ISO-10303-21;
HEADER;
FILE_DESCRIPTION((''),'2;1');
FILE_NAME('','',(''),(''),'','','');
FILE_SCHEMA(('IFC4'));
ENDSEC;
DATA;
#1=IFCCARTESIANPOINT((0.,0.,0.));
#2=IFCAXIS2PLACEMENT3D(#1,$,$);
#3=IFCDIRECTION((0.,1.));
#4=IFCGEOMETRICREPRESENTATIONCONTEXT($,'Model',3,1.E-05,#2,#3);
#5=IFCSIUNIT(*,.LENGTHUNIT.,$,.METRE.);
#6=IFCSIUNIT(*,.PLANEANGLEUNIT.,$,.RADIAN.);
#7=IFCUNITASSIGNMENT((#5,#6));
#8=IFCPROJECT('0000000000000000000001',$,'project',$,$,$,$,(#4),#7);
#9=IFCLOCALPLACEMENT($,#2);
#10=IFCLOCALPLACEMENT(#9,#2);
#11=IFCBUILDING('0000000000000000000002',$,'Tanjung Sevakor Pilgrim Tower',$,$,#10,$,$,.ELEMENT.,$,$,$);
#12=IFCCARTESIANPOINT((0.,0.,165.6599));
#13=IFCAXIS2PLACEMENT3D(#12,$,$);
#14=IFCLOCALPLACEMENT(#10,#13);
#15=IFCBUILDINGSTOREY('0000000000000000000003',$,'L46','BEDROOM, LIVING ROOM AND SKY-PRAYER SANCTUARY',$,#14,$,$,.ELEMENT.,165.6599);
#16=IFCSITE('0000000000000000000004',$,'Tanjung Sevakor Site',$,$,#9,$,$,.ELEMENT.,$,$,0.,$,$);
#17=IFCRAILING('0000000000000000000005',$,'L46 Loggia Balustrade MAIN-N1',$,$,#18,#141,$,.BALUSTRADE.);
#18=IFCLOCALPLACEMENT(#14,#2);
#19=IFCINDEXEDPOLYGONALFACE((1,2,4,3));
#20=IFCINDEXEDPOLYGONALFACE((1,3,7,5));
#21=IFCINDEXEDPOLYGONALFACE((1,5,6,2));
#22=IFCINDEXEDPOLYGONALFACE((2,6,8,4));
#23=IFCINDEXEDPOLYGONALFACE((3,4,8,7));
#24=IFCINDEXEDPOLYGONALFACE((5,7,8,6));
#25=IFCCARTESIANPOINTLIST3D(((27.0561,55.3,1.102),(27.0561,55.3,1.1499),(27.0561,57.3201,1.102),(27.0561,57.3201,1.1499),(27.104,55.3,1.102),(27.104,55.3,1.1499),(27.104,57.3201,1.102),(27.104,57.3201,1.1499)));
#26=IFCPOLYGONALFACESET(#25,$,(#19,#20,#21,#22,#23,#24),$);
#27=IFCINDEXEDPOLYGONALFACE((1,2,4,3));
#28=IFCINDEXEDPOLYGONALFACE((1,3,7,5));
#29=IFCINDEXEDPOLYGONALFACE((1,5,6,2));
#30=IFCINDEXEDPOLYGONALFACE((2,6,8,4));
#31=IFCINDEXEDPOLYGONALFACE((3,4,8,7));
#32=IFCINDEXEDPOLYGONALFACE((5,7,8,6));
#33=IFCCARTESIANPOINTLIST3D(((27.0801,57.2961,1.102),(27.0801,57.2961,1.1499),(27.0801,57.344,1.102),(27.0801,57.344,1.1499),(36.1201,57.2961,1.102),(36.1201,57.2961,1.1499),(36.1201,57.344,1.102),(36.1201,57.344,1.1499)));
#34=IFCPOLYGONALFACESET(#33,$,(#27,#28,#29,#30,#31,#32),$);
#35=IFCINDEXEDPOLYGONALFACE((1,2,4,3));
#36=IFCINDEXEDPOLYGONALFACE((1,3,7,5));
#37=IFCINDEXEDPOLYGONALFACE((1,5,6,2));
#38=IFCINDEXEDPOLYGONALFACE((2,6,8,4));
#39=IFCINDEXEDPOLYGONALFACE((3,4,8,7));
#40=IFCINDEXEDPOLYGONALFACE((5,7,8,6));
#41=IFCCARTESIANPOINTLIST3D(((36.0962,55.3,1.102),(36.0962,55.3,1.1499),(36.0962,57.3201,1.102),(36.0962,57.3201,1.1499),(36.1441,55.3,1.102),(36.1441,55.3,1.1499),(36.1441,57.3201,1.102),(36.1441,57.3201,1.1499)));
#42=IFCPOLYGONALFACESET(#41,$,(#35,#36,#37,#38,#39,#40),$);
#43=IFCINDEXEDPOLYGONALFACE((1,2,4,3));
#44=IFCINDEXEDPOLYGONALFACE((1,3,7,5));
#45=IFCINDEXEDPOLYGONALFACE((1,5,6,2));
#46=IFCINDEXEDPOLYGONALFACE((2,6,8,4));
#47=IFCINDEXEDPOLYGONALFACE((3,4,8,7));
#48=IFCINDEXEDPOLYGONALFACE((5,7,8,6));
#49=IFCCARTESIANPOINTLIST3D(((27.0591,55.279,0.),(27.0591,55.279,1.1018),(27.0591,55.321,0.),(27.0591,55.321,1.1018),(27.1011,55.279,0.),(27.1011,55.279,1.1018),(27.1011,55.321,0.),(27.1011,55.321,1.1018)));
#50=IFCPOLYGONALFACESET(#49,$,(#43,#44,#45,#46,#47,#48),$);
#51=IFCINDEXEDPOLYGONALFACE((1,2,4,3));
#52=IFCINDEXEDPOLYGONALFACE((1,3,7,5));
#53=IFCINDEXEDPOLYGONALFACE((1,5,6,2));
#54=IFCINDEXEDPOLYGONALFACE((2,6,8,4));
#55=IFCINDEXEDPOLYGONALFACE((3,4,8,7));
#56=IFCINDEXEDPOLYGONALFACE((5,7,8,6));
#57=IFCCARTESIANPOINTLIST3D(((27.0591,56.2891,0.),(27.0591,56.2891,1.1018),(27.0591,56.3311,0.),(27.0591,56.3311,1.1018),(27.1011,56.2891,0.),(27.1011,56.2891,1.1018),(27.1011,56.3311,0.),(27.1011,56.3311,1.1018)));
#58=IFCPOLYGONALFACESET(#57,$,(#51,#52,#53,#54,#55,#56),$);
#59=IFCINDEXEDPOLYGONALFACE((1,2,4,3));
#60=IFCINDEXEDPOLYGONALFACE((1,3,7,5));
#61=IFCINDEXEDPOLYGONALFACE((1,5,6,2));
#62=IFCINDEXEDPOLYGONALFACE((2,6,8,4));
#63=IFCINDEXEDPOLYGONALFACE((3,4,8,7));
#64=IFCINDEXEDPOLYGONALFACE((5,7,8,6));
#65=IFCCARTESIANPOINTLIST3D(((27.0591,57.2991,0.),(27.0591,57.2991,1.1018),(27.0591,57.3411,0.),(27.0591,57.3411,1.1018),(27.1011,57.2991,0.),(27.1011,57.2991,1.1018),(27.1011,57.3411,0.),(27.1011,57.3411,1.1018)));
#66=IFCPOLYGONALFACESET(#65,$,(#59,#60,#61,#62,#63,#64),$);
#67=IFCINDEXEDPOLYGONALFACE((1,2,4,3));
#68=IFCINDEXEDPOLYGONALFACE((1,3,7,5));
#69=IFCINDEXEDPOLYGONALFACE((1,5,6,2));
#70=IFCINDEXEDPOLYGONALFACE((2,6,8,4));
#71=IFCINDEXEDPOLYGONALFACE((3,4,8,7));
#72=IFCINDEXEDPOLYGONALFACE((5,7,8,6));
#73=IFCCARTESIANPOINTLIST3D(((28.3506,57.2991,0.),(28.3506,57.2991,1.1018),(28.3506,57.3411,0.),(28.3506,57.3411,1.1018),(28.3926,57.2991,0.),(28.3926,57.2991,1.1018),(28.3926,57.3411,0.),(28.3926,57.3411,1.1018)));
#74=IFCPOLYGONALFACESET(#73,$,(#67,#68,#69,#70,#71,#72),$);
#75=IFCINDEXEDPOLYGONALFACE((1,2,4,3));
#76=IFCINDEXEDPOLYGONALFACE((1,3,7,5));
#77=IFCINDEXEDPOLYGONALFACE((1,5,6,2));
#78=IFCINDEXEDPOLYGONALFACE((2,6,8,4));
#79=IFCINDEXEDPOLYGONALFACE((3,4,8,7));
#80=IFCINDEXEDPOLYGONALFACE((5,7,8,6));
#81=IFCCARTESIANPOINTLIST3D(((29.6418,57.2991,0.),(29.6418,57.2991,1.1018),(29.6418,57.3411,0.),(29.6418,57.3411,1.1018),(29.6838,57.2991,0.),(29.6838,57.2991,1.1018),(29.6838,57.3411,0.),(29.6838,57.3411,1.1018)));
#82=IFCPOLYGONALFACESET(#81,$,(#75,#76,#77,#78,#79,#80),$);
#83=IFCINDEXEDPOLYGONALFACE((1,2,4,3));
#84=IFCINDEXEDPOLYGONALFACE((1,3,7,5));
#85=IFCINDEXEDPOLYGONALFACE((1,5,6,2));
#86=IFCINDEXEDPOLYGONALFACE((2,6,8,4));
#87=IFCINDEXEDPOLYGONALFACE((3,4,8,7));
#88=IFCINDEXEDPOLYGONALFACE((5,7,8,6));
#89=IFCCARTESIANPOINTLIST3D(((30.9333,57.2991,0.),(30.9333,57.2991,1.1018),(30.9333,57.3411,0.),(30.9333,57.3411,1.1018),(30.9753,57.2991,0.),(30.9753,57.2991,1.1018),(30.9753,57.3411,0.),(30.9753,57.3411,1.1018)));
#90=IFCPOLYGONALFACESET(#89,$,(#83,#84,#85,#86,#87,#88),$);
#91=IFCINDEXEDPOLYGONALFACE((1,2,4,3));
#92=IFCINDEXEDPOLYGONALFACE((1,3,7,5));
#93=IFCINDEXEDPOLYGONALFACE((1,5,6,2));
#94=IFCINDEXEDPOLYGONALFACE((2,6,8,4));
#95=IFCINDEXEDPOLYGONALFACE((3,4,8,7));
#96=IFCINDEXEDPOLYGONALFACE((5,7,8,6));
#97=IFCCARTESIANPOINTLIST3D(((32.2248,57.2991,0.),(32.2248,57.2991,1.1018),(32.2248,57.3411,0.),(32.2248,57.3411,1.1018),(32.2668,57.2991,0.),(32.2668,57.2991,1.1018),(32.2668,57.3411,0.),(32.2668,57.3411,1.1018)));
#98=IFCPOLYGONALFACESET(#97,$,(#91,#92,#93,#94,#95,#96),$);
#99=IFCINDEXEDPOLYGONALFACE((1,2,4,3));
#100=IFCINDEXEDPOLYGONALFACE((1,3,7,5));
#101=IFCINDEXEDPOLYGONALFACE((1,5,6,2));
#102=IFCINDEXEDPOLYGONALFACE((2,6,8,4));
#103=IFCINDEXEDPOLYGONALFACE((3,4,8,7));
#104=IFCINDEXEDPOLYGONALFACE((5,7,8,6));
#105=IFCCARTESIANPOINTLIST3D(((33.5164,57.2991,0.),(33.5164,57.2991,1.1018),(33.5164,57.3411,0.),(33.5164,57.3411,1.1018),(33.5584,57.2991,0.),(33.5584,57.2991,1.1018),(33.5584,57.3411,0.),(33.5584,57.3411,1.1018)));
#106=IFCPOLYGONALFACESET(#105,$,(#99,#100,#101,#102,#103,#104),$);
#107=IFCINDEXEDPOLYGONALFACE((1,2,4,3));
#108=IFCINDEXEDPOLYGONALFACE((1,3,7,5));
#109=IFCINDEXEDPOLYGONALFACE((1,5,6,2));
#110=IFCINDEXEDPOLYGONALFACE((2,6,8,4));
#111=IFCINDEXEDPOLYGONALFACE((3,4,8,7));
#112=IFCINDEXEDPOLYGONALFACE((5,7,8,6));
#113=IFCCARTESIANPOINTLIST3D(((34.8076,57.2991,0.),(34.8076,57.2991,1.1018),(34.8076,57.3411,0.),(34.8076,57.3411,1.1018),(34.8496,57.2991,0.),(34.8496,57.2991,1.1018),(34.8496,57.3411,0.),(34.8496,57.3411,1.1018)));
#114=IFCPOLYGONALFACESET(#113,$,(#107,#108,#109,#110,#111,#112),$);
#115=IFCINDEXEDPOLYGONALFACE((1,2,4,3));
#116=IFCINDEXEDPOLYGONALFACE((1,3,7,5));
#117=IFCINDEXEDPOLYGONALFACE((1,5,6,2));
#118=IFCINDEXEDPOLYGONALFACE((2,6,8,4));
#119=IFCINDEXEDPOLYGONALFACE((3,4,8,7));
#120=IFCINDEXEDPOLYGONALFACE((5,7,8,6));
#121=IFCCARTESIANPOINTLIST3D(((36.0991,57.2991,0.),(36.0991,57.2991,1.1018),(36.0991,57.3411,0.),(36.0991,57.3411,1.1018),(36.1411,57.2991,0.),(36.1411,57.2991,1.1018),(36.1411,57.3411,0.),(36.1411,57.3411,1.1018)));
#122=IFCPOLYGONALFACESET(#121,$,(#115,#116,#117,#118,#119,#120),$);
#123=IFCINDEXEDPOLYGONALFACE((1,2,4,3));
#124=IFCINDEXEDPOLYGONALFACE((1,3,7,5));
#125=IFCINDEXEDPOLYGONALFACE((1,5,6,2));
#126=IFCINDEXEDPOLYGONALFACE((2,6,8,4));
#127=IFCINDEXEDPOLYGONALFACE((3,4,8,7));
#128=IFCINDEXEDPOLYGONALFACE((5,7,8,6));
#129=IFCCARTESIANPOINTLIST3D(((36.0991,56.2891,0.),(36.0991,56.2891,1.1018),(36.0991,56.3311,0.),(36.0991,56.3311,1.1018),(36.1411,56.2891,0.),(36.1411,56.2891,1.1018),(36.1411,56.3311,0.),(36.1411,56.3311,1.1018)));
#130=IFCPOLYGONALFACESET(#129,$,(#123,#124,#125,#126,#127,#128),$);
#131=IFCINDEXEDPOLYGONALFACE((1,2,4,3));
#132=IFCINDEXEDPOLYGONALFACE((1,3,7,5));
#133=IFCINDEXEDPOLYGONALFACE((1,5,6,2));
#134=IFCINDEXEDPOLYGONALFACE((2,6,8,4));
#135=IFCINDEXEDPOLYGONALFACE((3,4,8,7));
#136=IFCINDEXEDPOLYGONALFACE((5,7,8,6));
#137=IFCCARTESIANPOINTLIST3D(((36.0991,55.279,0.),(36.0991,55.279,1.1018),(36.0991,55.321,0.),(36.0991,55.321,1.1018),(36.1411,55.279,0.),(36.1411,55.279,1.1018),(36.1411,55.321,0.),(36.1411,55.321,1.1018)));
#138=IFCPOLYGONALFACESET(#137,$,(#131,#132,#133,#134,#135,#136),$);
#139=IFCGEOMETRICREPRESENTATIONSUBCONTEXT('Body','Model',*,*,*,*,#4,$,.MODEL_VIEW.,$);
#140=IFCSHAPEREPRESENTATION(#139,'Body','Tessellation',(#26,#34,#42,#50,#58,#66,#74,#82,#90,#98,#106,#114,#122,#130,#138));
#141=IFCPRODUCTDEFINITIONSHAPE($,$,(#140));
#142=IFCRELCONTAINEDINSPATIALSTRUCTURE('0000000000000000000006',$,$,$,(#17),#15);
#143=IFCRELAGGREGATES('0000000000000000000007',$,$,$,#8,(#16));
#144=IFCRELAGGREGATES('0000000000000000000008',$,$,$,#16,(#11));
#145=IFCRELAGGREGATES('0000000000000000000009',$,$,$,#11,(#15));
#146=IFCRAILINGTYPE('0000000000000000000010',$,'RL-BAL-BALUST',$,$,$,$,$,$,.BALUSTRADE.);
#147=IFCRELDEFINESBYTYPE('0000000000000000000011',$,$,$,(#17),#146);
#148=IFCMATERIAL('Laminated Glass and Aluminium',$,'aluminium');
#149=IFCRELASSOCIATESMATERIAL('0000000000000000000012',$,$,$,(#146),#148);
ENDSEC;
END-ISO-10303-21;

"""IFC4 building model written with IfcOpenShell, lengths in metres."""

from ifc_helpers import new_model, si_unit, direction, frame, origin, place, context, subcontext, project, spatial, rectangle, extrude, material, type_object, element, save


model = new_model("IFC4")

# Units and contexts
model_context = context("Model", 3, precision=1e-05, world=origin(), true_north=direction((0.0, 1.0)))
body_context = subcontext(model_context, "Body", "Model", "MODEL_VIEW")
ifc_project = project(units=[si_unit("LENGTHUNIT", "METRE"), si_unit("PLANEANGLEUNIT", "RADIAN")], contexts=[model_context])

# Site, building, storey
site_placement = place(None, origin())
site = spatial("IfcSite", under=ifc_project, at=site_placement, Name="Tanjung Sevakor Site", CompositionType="ELEMENT", RefElevation=0.0)
building_placement = place(site_placement, origin())
building = spatial("IfcBuilding", under=site, at=building_placement, Name="Tanjung Sevakor Pilgrim Tower", CompositionType="ELEMENT")
storey_placement = place(building_placement, frame((0.0, 0.0, 165.6599)))
storey = spatial("IfcBuildingStorey", under=building, at=storey_placement, Name="L46", Description="BEDROOM, LIVING ROOM AND SKY-PRAYER SANCTUARY", CompositionType="ELEMENT", Elevation=165.6599)

# Railing
ifc_material_1 = material(Name="Laminated Glass and Aluminium", Category="aluminium")
railing_type = type_object("IfcRailingType", Name="RL-BAL-BALUST", PredefinedType="BALUSTRADE", material=ifc_material_1)
railing_placement = place(storey_placement, frame((27.0801, 55.3, 0.0)))
element("IfcRailing", 1, at=railing_placement, inside=storey, type_object=railing_type, Name="L46 Loggia Balustrade MAIN-N1", PredefinedType="BALUSTRADE", context=body_context, shape_type="SweptSolid", body=[
    extrude(rectangle(XDim=0.0479, YDim=0.0479), frame((0.0, 0.0, 1.126), z_axis=(0.0, 1.0, 0.0), x_axis=(-1.0, 0.0, 0.0)), (0.0, 0.0, 1.0), 2.02),
    extrude(rectangle(XDim=0.0479, YDim=0.0479), frame((0.0, 2.02, 1.126), z_axis=(1.0, 0.0, 0.0), x_axis=(0.0, 1.0, 0.0)), (0.0, 0.0, 1.0), 9.04),
    extrude(rectangle(XDim=0.0479, YDim=0.0479), frame((9.04, 2.02, 1.126), z_axis=(0.0, -1.0, 0.0), x_axis=(1.0, 0.0, 0.0)), (0.0, 0.0, 1.0), 2.02),
    extrude(rectangle(XDim=0.042, YDim=0.042), origin(), (0.0, 0.0, 1.0), 1.1018),
    extrude(rectangle(XDim=0.042, YDim=0.042), frame((0.0, 1.01, 0.0)), (0.0, 0.0, 1.0), 1.1018),
    extrude(rectangle(XDim=0.042, YDim=0.042), frame((0.0, 2.02, 0.0)), (0.0, 0.0, 1.0), 1.1018),
    extrude(rectangle(XDim=0.042, YDim=0.042), frame((1.2915, 2.02, 0.0)), (0.0, 0.0, 1.0), 1.1018),
    extrude(rectangle(XDim=0.042, YDim=0.042), frame((2.5828, 2.02, 0.0)), (0.0, 0.0, 1.0), 1.1018),
    extrude(rectangle(XDim=0.042, YDim=0.042), frame((3.8743, 2.02, 0.0)), (0.0, 0.0, 1.0), 1.1018),
    extrude(rectangle(XDim=0.042, YDim=0.042), frame((5.1658, 2.02, 0.0)), (0.0, 0.0, 1.0), 1.1018),
    extrude(rectangle(XDim=0.042, YDim=0.042), frame((6.4573, 2.02, 0.0)), (0.0, 0.0, 1.0), 1.1018),
    extrude(rectangle(XDim=0.042, YDim=0.042), frame((7.7485, 2.02, 0.0)), (0.0, 0.0, 1.0), 1.1018),
    extrude(rectangle(XDim=0.042, YDim=0.042), frame((9.04, 2.02, 0.0)), (0.0, 0.0, 1.0), 1.1018),
    extrude(rectangle(XDim=0.042, YDim=0.042), frame((9.04, 1.01, 0.0)), (0.0, 0.0, 1.0), 1.1018),
    extrude(rectangle(XDim=0.042, YDim=0.042), frame((9.04, 0.0, 0.0)), (0.0, 0.0, 1.0), 1.1018),
])

save(model, "model.ifc")
